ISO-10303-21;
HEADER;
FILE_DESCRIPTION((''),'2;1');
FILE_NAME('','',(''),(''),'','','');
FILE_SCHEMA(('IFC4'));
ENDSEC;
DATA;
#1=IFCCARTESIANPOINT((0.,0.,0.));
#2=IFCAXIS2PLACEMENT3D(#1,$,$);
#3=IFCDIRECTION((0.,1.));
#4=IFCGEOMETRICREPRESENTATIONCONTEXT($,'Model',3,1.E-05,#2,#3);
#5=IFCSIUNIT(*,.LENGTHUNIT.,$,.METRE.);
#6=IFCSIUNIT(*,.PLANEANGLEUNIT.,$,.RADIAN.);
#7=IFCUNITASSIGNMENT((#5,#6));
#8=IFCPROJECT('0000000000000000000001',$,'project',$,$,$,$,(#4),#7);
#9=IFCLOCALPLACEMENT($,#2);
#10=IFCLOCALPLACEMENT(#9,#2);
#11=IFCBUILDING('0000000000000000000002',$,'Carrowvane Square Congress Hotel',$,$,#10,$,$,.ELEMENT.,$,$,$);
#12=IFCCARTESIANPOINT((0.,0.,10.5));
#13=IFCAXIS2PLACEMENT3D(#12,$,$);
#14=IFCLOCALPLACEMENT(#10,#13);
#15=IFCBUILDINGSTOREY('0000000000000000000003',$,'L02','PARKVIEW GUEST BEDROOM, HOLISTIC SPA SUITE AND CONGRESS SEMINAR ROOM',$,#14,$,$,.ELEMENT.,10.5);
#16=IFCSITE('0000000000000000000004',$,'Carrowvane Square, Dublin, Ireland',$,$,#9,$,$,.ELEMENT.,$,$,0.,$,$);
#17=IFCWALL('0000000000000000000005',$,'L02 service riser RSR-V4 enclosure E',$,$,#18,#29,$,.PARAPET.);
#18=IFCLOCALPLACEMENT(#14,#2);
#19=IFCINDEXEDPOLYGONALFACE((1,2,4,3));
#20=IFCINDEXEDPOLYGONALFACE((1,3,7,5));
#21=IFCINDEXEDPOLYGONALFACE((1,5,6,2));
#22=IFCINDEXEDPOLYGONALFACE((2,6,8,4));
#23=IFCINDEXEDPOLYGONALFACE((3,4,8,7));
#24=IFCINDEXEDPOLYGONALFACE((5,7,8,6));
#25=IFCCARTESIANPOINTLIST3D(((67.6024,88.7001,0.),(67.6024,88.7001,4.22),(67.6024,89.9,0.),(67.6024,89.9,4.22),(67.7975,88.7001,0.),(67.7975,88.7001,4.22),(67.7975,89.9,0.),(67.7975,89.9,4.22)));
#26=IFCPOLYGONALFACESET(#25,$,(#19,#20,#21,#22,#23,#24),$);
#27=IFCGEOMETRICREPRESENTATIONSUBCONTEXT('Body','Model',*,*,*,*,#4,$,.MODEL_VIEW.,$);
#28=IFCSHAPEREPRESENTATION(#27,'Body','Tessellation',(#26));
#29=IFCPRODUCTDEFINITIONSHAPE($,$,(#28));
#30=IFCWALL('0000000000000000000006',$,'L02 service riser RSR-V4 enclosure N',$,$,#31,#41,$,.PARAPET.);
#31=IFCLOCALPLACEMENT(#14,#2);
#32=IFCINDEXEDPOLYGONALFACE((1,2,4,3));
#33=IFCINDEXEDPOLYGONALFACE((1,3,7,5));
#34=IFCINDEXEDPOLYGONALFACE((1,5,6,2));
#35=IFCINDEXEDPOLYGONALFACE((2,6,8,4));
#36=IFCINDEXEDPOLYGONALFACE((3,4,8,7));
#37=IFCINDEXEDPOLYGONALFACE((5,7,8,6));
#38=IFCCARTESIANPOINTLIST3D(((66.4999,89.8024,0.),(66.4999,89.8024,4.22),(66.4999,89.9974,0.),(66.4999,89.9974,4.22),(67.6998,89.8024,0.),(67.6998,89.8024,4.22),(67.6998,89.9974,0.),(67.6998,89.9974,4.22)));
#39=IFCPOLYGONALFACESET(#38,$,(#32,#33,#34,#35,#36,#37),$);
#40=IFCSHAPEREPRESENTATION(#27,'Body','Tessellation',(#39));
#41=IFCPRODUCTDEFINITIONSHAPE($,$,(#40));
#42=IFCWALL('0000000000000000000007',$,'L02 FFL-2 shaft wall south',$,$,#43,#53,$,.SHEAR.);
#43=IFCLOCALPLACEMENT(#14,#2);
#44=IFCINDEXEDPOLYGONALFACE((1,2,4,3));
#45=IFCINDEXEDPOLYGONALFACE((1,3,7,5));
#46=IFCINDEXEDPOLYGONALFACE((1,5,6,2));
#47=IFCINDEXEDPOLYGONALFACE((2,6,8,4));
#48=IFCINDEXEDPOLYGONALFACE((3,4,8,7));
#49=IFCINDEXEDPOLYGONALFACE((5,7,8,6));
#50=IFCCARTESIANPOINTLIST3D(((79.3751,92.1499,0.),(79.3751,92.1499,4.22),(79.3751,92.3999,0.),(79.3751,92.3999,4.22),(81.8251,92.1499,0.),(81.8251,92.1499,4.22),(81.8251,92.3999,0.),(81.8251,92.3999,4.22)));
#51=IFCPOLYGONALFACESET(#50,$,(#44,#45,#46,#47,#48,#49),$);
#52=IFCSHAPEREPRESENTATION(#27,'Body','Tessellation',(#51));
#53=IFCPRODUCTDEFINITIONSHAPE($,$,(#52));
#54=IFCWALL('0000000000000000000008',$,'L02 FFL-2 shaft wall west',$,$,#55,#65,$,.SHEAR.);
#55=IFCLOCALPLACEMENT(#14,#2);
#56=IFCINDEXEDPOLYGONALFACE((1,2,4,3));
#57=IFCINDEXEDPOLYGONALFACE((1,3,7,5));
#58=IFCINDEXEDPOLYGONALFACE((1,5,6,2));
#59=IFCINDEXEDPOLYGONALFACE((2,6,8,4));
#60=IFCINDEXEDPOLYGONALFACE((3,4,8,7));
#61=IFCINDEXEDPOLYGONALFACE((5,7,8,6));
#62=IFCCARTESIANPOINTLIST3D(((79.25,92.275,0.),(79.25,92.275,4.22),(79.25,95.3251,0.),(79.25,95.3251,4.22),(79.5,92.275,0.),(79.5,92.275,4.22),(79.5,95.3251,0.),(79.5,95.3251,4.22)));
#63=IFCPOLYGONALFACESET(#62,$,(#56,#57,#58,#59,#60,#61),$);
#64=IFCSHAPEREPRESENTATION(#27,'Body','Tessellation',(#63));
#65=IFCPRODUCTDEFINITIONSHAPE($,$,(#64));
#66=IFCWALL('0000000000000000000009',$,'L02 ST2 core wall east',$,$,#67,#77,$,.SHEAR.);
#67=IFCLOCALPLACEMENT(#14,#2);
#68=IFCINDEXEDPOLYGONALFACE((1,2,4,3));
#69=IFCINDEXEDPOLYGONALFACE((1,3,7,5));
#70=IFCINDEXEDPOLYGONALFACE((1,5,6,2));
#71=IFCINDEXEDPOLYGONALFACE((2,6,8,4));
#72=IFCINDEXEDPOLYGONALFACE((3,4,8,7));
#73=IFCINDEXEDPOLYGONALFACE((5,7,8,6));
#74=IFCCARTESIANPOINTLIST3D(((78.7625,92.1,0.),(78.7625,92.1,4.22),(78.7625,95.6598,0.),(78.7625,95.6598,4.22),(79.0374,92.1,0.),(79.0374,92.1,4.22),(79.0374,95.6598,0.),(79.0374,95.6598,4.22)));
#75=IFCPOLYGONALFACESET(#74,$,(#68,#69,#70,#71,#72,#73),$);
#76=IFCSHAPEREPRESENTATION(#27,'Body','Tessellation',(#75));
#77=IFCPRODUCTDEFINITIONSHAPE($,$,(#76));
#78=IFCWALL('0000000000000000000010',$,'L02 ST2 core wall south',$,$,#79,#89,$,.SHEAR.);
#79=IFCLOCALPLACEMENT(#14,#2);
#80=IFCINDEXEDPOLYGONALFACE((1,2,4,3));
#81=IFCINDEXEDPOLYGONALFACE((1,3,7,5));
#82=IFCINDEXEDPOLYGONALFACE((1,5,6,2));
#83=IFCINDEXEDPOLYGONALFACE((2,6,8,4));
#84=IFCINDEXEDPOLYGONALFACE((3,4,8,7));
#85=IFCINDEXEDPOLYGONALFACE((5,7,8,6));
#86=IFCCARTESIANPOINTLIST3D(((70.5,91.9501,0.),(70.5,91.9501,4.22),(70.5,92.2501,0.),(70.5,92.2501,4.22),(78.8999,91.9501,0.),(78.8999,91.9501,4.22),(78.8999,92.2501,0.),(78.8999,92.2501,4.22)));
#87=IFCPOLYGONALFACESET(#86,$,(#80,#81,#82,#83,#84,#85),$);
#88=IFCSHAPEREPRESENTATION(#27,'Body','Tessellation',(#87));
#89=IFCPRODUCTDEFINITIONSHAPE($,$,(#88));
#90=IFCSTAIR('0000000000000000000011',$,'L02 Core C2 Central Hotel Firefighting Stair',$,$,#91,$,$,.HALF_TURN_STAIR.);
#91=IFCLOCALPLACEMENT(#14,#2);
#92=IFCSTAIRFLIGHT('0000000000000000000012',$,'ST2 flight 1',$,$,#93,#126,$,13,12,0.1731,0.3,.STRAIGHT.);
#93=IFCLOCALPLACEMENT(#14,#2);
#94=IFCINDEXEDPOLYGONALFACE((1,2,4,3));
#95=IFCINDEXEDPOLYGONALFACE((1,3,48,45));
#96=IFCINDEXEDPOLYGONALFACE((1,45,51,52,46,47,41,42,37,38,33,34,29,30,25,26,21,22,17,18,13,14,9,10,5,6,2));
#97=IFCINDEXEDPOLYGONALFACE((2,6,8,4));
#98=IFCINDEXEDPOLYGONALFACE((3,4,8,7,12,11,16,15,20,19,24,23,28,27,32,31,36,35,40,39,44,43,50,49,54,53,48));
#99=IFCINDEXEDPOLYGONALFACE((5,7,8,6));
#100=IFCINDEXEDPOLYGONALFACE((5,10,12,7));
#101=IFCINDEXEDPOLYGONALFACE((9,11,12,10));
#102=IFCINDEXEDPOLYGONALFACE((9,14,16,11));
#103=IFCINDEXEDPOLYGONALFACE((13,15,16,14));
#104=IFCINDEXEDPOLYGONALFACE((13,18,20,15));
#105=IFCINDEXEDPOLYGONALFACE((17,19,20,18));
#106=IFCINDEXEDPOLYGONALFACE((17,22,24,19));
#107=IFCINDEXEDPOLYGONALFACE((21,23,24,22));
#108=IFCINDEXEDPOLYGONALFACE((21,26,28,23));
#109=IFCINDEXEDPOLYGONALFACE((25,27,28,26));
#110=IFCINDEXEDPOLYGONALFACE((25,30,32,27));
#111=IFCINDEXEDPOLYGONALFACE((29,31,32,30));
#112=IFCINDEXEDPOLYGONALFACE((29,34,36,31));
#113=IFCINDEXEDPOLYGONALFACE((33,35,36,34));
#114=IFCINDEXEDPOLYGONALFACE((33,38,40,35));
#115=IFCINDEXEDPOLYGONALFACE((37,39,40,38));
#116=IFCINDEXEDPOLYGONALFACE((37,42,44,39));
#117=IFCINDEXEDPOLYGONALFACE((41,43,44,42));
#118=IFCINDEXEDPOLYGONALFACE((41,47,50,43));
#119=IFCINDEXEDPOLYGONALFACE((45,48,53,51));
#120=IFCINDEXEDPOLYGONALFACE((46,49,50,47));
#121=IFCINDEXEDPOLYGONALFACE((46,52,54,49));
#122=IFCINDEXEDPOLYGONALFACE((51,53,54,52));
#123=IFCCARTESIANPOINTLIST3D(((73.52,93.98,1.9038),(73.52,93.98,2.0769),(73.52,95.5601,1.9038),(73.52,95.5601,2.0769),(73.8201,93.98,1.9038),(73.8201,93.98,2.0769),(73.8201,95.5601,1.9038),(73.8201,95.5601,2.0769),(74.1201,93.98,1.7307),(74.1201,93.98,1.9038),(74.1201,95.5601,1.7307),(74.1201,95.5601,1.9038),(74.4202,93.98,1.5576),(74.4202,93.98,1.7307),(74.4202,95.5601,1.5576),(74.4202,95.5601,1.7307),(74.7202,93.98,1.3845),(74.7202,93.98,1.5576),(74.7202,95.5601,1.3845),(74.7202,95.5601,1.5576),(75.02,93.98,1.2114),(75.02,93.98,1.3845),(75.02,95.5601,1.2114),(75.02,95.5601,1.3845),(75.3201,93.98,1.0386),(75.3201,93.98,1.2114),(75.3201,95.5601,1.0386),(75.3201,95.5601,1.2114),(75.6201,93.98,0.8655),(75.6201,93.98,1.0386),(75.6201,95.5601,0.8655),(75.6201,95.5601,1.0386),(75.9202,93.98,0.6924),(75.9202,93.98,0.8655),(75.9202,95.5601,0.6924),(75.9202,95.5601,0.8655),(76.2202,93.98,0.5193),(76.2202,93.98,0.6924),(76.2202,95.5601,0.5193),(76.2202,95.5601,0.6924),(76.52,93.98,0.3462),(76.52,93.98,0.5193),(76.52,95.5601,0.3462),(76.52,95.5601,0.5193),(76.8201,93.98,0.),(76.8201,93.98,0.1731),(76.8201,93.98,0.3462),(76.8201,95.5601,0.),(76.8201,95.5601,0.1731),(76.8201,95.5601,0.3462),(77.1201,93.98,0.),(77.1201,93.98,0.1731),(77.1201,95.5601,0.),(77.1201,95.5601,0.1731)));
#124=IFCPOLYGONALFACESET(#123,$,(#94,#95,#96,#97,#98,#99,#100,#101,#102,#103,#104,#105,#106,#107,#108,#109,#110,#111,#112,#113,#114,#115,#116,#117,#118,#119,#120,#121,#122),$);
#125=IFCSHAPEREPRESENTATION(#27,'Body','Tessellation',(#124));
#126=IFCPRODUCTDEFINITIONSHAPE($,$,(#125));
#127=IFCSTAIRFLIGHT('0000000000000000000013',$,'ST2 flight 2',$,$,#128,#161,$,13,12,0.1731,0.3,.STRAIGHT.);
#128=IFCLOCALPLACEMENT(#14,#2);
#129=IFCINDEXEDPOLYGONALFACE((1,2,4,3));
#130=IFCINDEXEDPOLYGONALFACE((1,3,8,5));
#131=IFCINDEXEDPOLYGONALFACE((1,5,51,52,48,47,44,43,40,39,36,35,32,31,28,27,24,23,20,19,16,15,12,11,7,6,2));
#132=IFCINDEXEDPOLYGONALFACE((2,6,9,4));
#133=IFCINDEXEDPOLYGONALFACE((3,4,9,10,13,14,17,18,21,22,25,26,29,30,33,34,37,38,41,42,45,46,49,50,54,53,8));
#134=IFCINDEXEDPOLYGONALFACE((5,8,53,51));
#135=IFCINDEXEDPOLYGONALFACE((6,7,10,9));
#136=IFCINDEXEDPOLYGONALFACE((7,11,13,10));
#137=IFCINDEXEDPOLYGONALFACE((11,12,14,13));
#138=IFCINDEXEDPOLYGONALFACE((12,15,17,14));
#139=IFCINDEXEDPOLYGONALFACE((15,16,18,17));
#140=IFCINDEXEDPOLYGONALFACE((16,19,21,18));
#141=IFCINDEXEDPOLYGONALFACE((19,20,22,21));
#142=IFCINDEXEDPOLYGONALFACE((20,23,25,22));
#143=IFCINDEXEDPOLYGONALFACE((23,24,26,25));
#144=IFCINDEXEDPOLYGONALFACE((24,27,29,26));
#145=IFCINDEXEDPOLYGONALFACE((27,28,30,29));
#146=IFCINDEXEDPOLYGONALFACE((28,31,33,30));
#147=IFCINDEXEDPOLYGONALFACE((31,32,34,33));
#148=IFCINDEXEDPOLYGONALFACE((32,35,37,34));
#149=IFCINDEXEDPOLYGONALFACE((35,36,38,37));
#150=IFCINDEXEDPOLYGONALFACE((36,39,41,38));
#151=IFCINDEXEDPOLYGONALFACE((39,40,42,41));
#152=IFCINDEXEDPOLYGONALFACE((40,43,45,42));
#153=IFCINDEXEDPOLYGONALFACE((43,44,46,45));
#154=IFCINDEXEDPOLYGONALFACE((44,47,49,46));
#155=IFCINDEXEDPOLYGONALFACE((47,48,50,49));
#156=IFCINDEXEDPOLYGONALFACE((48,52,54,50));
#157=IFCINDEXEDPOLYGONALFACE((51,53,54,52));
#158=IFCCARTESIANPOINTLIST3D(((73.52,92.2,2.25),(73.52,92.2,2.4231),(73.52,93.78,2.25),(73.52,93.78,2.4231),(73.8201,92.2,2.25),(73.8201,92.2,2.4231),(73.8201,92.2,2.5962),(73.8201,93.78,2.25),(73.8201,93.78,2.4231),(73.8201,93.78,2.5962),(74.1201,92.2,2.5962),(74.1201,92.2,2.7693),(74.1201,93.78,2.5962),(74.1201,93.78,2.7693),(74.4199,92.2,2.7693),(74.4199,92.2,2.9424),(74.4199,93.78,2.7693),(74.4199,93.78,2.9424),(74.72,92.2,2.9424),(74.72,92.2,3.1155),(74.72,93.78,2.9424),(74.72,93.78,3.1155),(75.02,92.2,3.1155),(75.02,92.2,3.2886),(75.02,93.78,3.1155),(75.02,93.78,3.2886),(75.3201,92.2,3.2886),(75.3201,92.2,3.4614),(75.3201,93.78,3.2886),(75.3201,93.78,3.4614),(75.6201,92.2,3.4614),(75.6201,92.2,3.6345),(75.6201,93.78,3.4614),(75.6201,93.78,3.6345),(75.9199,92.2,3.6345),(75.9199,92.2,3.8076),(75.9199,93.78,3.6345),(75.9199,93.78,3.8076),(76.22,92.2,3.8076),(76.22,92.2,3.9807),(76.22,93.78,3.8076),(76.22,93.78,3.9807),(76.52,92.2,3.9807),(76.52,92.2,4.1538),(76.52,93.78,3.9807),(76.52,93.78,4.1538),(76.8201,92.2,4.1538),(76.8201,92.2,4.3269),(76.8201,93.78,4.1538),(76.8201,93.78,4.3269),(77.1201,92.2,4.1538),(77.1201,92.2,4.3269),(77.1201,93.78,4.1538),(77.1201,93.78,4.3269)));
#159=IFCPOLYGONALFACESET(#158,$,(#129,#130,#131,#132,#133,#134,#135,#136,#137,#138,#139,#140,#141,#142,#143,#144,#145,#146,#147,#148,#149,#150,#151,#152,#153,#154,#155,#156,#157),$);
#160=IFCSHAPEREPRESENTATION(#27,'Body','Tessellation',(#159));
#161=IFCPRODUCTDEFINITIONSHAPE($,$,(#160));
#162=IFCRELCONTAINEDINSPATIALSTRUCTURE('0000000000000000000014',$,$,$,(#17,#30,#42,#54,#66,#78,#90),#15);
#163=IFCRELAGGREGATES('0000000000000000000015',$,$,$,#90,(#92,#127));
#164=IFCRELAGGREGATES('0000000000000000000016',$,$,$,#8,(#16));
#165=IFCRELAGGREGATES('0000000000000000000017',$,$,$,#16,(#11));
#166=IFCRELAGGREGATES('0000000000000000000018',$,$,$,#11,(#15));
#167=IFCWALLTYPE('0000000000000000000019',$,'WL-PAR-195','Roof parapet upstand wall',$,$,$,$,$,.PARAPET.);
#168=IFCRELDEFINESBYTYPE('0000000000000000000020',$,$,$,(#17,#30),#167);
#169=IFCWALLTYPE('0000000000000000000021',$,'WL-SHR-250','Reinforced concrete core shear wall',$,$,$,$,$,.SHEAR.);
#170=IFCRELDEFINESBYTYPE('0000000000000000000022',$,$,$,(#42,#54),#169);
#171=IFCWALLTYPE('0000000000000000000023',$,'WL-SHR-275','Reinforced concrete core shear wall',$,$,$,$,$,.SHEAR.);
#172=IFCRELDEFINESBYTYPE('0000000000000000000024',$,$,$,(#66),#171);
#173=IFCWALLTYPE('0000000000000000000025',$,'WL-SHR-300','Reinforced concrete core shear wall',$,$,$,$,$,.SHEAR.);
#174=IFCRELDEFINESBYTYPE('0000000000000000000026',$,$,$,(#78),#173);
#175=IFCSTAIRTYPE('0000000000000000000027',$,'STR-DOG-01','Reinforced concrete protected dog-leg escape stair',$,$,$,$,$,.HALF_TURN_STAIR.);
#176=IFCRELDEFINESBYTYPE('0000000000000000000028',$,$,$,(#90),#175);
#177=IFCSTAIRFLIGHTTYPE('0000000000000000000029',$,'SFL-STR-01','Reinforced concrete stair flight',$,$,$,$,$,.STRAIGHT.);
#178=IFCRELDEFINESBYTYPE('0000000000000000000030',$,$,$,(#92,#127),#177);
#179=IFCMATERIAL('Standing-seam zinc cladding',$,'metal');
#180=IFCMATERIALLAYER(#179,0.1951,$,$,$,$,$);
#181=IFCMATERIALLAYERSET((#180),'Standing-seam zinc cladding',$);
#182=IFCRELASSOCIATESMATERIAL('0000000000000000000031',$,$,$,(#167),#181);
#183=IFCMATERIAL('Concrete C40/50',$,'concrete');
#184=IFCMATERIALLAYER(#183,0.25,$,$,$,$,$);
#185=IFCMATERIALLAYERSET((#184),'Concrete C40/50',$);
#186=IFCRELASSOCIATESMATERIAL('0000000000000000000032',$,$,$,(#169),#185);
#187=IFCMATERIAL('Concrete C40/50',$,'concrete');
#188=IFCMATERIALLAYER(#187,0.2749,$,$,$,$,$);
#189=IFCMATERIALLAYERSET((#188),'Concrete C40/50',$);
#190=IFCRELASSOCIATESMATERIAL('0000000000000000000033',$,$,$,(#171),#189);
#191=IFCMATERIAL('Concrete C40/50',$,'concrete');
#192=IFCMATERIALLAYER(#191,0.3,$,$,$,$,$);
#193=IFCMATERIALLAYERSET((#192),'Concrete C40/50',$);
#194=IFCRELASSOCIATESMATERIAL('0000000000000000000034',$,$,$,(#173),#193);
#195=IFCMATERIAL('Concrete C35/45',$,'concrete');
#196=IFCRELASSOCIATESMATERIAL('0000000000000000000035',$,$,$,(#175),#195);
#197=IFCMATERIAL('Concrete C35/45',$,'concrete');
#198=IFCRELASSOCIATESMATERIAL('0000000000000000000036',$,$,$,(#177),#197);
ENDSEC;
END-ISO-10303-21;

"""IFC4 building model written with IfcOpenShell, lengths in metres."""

from ifc_helpers import new_model, si_unit, direction, frame, frame_2d, origin, place, context, subcontext, project, spatial, polyline, rectangle, outline, extrude, material, layer, layer_set, type_object, element, aggregate, save


model = new_model("IFC4")

# Units and contexts
model_context = context("Model", 3, precision=1e-05, world=origin(), true_north=direction((0.0, 1.0)))
body_context = subcontext(model_context, "Body", "Model", "MODEL_VIEW")
ifc_project = project(units=[si_unit("LENGTHUNIT", "METRE"), si_unit("PLANEANGLEUNIT", "RADIAN")], contexts=[model_context])

# Site, building, storey
site_placement = place(None, origin())
site = spatial("IfcSite", under=ifc_project, at=site_placement, Name="Carrowvane Square, Dublin, Ireland", CompositionType="ELEMENT", RefElevation=0.0)
building_placement = place(site_placement, origin())
building = spatial("IfcBuilding", under=site, at=building_placement, Name="Carrowvane Square Congress Hotel", CompositionType="ELEMENT")
storey_placement = place(building_placement, frame((0.0, 0.0, 10.5)))
storey = spatial("IfcBuildingStorey", under=building, at=storey_placement, Name="L02", Description="PARKVIEW GUEST BEDROOM, HOLISTIC SPA SUITE AND CONGRESS SEMINAR ROOM", CompositionType="ELEMENT", Elevation=10.5)

# Walls
ifc_material_1 = material(Name="Standing-seam zinc cladding", Category="metal")
ifc_layer_1 = layer(ifc_material_1, 0.1951)
ifc_layer_set_1 = layer_set([ifc_layer_1], Name="Standing-seam zinc cladding")
wall_type_1 = type_object("IfcWallType", Name="WL-PAR-195", Description="Roof parapet upstand wall", PredefinedType="PARAPET", material=ifc_layer_set_1)
for number, where, z_axis, x_axis, name in (
    (1, (67.7, 88.7, 0.0), (0.0, 0.0, 1.0), (0.0, 1.0, 0.0), "L02 service riser RSR-V4 enclosure E"),
    (2, (67.7, 89.8999, 0.0), (0.0, 0.0, 1.0), (-1.0, 0.0, 0.0), "L02 service riser RSR-V4 enclosure N"),
):
    element("IfcWall", number, at=place(storey_placement, frame(where, z_axis=z_axis, x_axis=x_axis)), inside=storey, type_object=wall_type_1, Name=name, PredefinedType="PARAPET", context=body_context, shape_type="SweptSolid", body=[
        extrude(rectangle(XDim=1.2, YDim=0.1951, at=frame_2d((0.6001, 0.0))), origin(), (0.0, 0.0, 1.0), 4.22),
    ])
ifc_material_2 = material(Name="Concrete C40/50", Category="concrete")
ifc_layer_2 = layer(ifc_material_2, 0.25)
ifc_layer_set_2 = layer_set([ifc_layer_2], Name="Concrete C40/50")
wall_type_2 = type_object("IfcWallType", Name="WL-SHR-250", Description="Reinforced concrete core shear wall", PredefinedType="SHEAR", material=ifc_layer_set_2)
wall_1_placement = place(storey_placement, frame((79.375, 92.2749, 0.0), z_axis=(0.0, 0.0, 1.0), x_axis=(1.0, 0.0, 0.0)))
element("IfcWall", 3, at=wall_1_placement, inside=storey, type_object=wall_type_2, Name="L02 FFL-2 shaft wall south", PredefinedType="SHEAR", context=body_context, shape_type="SweptSolid", body=[
    extrude(rectangle(XDim=2.45, YDim=0.25, at=frame_2d((1.2251, 0.0))), origin(), (0.0, 0.0, 1.0), 4.22),
])
wall_2_placement = place(storey_placement, frame((79.375, 95.325, 0.0), z_axis=(0.0, 0.0, 1.0), x_axis=(0.0, -1.0, 0.0)))
element("IfcWall", 4, at=wall_2_placement, inside=storey, type_object=wall_type_2, Name="L02 FFL-2 shaft wall west", PredefinedType="SHEAR", context=body_context, shape_type="SweptSolid", body=[
    extrude(rectangle(XDim=3.05, YDim=0.25, at=frame_2d((1.5249, 0.0))), origin(), (0.0, 0.0, 1.0), 4.22),
])
ifc_material_3 = material(Name="Concrete C40/50", Category="concrete")
ifc_layer_3 = layer(ifc_material_3, 0.2749)
ifc_layer_set_3 = layer_set([ifc_layer_3], Name="Concrete C40/50")
wall_type_3 = type_object("IfcWallType", Name="WL-SHR-275", Description="Reinforced concrete core shear wall", PredefinedType="SHEAR", material=ifc_layer_set_3)
wall_3_placement = place(storey_placement, frame((78.8999, 92.1001, 0.0), z_axis=(0.0, 0.0, 1.0), x_axis=(0.0, 1.0, 0.0)))
element("IfcWall", 5, at=wall_3_placement, inside=storey, type_object=wall_type_3, Name="L02 ST2 core wall east", PredefinedType="SHEAR", context=body_context, shape_type="SweptSolid", body=[
    extrude(rectangle(XDim=3.5598, YDim=0.2749, at=frame_2d((1.7798, 0.0))), origin(), (0.0, 0.0, 1.0), 4.22),
])
ifc_material_4 = material(Name="Concrete C40/50", Category="concrete")
ifc_layer_4 = layer(ifc_material_4, 0.3)
ifc_layer_set_4 = layer_set([ifc_layer_4], Name="Concrete C40/50")
wall_type_4 = type_object("IfcWallType", Name="WL-SHR-300", Description="Reinforced concrete core shear wall", PredefinedType="SHEAR", material=ifc_layer_set_4)
wall_4_placement = place(storey_placement, frame((70.5, 92.1001, 0.0), z_axis=(0.0, 0.0, 1.0), x_axis=(1.0, 0.0, 0.0)))
element("IfcWall", 6, at=wall_4_placement, inside=storey, type_object=wall_type_4, Name="L02 ST2 core wall south", PredefinedType="SHEAR", context=body_context, shape_type="SweptSolid", body=[
    extrude(rectangle(XDim=8.3999, YDim=0.3, at=frame_2d((4.2, 0.0))), origin(), (0.0, 0.0, 1.0), 4.22),
])

# Stair, stair flights
ifc_material_5 = material(Name="Concrete C35/45", Category="concrete")
stair_type = type_object("IfcStairType", Name="STR-DOG-01", Description="Reinforced concrete protected dog-leg escape stair", PredefinedType="HALF_TURN_STAIR", material=ifc_material_5)
stair_placement = place(storey_placement, origin())
stair = element("IfcStair", 7, at=stair_placement, inside=storey, type_object=stair_type, Name="L02 Core C2 Central Hotel Firefighting Stair", PredefinedType="HALF_TURN_STAIR")
ifc_material_6 = material(Name="Concrete C35/45", Category="concrete")
stair_flight_type = type_object("IfcStairFlightType", Name="SFL-STR-01", Description="Reinforced concrete stair flight", PredefinedType="STRAIGHT", material=ifc_material_6)
stair_flight_1_placement = place(storey_placement, frame((77.1201, 94.77, 0.0), z_axis=(0.0, 0.0, 1.0), x_axis=(-1.0, 0.0, 0.0)))
stair_flight_1 = element("IfcStairFlight", 8, at=stair_flight_1_placement, type_object=stair_flight_type, Name="ST2 flight 1", NumberOfRisers=13, NumberOfTreads=12, PredefinedType="STRAIGHT", RiserHeight=0.1731, TreadLength=0.3, context=body_context, shape_type="SweptSolid", body=[
    extrude(outline(polyline([(0.0, 0.0), (0.0, 0.1731), (0.3, 0.1731), (0.3, 0.3462), (0.6001, 0.3462), (0.6001, 0.5193), (0.8999, 0.5193), (0.8999, 0.6924), (1.2, 0.6924), (1.2, 0.8655), (1.5, 0.8655), (1.5, 1.0386), (1.8, 1.0386), (1.8, 1.2114), (2.1001, 1.2114), (2.1001, 1.3845), (2.3999, 1.3845), (2.3999, 1.5576), (2.7, 1.5576), (2.7, 1.7307), (3.0, 1.7307), (3.0, 1.9038), (3.3, 1.9038), (3.3, 2.0769), (3.6001, 2.0769), (3.6001, 2.25), (3.6001, 1.9038), (0.3, 0.0), (0.0, 0.0)])), frame((0.0, 0.79, 0.0), z_axis=(0.0, -1.0, 0.0), x_axis=(1.0, 0.0, 0.0)), (0.0, 0.0, 1.0), 1.5801),
])
stair_flight_2_placement = place(storey_placement, frame((73.52, 92.99, 2.25), z_axis=(0.0, 0.0, 1.0), x_axis=(1.0, 0.0, 0.0)))
stair_flight_2 = element("IfcStairFlight", 9, at=stair_flight_2_placement, type_object=stair_flight_type, Name="ST2 flight 2", NumberOfRisers=13, NumberOfTreads=12, PredefinedType="STRAIGHT", RiserHeight=0.1731, TreadLength=0.3, context=body_context, shape_type="SweptSolid", body=[
    extrude(outline(polyline([(0.0, 0.0), (0.0, 0.1731), (0.3, 0.1731), (0.3, 0.3462), (0.6001, 0.3462), (0.6001, 0.5193), (0.8999, 0.5193), (0.8999, 0.6924), (1.2, 0.6924), (1.2, 0.8655), (1.5, 0.8655), (1.5, 1.0386), (1.8, 1.0386), (1.8, 1.2114), (2.1001, 1.2114), (2.1001, 1.3845), (2.3999, 1.3845), (2.3999, 1.5576), (2.7, 1.5576), (2.7, 1.7307), (3.0, 1.7307), (3.0, 1.9038), (3.3, 1.9038), (3.3, 2.0769), (3.6001, 2.0769), (3.6001, 2.25), (3.6001, 1.9038), (0.3, 0.0), (0.0, 0.0)])), frame((0.0, 0.79, 0.0), z_axis=(0.0, -1.0, 0.0), x_axis=(1.0, 0.0, 0.0)), (0.0, 0.0, 1.0), 1.5801),
])
aggregate(stair, [stair_flight_1, stair_flight_2])

save(model, "model.ifc")
